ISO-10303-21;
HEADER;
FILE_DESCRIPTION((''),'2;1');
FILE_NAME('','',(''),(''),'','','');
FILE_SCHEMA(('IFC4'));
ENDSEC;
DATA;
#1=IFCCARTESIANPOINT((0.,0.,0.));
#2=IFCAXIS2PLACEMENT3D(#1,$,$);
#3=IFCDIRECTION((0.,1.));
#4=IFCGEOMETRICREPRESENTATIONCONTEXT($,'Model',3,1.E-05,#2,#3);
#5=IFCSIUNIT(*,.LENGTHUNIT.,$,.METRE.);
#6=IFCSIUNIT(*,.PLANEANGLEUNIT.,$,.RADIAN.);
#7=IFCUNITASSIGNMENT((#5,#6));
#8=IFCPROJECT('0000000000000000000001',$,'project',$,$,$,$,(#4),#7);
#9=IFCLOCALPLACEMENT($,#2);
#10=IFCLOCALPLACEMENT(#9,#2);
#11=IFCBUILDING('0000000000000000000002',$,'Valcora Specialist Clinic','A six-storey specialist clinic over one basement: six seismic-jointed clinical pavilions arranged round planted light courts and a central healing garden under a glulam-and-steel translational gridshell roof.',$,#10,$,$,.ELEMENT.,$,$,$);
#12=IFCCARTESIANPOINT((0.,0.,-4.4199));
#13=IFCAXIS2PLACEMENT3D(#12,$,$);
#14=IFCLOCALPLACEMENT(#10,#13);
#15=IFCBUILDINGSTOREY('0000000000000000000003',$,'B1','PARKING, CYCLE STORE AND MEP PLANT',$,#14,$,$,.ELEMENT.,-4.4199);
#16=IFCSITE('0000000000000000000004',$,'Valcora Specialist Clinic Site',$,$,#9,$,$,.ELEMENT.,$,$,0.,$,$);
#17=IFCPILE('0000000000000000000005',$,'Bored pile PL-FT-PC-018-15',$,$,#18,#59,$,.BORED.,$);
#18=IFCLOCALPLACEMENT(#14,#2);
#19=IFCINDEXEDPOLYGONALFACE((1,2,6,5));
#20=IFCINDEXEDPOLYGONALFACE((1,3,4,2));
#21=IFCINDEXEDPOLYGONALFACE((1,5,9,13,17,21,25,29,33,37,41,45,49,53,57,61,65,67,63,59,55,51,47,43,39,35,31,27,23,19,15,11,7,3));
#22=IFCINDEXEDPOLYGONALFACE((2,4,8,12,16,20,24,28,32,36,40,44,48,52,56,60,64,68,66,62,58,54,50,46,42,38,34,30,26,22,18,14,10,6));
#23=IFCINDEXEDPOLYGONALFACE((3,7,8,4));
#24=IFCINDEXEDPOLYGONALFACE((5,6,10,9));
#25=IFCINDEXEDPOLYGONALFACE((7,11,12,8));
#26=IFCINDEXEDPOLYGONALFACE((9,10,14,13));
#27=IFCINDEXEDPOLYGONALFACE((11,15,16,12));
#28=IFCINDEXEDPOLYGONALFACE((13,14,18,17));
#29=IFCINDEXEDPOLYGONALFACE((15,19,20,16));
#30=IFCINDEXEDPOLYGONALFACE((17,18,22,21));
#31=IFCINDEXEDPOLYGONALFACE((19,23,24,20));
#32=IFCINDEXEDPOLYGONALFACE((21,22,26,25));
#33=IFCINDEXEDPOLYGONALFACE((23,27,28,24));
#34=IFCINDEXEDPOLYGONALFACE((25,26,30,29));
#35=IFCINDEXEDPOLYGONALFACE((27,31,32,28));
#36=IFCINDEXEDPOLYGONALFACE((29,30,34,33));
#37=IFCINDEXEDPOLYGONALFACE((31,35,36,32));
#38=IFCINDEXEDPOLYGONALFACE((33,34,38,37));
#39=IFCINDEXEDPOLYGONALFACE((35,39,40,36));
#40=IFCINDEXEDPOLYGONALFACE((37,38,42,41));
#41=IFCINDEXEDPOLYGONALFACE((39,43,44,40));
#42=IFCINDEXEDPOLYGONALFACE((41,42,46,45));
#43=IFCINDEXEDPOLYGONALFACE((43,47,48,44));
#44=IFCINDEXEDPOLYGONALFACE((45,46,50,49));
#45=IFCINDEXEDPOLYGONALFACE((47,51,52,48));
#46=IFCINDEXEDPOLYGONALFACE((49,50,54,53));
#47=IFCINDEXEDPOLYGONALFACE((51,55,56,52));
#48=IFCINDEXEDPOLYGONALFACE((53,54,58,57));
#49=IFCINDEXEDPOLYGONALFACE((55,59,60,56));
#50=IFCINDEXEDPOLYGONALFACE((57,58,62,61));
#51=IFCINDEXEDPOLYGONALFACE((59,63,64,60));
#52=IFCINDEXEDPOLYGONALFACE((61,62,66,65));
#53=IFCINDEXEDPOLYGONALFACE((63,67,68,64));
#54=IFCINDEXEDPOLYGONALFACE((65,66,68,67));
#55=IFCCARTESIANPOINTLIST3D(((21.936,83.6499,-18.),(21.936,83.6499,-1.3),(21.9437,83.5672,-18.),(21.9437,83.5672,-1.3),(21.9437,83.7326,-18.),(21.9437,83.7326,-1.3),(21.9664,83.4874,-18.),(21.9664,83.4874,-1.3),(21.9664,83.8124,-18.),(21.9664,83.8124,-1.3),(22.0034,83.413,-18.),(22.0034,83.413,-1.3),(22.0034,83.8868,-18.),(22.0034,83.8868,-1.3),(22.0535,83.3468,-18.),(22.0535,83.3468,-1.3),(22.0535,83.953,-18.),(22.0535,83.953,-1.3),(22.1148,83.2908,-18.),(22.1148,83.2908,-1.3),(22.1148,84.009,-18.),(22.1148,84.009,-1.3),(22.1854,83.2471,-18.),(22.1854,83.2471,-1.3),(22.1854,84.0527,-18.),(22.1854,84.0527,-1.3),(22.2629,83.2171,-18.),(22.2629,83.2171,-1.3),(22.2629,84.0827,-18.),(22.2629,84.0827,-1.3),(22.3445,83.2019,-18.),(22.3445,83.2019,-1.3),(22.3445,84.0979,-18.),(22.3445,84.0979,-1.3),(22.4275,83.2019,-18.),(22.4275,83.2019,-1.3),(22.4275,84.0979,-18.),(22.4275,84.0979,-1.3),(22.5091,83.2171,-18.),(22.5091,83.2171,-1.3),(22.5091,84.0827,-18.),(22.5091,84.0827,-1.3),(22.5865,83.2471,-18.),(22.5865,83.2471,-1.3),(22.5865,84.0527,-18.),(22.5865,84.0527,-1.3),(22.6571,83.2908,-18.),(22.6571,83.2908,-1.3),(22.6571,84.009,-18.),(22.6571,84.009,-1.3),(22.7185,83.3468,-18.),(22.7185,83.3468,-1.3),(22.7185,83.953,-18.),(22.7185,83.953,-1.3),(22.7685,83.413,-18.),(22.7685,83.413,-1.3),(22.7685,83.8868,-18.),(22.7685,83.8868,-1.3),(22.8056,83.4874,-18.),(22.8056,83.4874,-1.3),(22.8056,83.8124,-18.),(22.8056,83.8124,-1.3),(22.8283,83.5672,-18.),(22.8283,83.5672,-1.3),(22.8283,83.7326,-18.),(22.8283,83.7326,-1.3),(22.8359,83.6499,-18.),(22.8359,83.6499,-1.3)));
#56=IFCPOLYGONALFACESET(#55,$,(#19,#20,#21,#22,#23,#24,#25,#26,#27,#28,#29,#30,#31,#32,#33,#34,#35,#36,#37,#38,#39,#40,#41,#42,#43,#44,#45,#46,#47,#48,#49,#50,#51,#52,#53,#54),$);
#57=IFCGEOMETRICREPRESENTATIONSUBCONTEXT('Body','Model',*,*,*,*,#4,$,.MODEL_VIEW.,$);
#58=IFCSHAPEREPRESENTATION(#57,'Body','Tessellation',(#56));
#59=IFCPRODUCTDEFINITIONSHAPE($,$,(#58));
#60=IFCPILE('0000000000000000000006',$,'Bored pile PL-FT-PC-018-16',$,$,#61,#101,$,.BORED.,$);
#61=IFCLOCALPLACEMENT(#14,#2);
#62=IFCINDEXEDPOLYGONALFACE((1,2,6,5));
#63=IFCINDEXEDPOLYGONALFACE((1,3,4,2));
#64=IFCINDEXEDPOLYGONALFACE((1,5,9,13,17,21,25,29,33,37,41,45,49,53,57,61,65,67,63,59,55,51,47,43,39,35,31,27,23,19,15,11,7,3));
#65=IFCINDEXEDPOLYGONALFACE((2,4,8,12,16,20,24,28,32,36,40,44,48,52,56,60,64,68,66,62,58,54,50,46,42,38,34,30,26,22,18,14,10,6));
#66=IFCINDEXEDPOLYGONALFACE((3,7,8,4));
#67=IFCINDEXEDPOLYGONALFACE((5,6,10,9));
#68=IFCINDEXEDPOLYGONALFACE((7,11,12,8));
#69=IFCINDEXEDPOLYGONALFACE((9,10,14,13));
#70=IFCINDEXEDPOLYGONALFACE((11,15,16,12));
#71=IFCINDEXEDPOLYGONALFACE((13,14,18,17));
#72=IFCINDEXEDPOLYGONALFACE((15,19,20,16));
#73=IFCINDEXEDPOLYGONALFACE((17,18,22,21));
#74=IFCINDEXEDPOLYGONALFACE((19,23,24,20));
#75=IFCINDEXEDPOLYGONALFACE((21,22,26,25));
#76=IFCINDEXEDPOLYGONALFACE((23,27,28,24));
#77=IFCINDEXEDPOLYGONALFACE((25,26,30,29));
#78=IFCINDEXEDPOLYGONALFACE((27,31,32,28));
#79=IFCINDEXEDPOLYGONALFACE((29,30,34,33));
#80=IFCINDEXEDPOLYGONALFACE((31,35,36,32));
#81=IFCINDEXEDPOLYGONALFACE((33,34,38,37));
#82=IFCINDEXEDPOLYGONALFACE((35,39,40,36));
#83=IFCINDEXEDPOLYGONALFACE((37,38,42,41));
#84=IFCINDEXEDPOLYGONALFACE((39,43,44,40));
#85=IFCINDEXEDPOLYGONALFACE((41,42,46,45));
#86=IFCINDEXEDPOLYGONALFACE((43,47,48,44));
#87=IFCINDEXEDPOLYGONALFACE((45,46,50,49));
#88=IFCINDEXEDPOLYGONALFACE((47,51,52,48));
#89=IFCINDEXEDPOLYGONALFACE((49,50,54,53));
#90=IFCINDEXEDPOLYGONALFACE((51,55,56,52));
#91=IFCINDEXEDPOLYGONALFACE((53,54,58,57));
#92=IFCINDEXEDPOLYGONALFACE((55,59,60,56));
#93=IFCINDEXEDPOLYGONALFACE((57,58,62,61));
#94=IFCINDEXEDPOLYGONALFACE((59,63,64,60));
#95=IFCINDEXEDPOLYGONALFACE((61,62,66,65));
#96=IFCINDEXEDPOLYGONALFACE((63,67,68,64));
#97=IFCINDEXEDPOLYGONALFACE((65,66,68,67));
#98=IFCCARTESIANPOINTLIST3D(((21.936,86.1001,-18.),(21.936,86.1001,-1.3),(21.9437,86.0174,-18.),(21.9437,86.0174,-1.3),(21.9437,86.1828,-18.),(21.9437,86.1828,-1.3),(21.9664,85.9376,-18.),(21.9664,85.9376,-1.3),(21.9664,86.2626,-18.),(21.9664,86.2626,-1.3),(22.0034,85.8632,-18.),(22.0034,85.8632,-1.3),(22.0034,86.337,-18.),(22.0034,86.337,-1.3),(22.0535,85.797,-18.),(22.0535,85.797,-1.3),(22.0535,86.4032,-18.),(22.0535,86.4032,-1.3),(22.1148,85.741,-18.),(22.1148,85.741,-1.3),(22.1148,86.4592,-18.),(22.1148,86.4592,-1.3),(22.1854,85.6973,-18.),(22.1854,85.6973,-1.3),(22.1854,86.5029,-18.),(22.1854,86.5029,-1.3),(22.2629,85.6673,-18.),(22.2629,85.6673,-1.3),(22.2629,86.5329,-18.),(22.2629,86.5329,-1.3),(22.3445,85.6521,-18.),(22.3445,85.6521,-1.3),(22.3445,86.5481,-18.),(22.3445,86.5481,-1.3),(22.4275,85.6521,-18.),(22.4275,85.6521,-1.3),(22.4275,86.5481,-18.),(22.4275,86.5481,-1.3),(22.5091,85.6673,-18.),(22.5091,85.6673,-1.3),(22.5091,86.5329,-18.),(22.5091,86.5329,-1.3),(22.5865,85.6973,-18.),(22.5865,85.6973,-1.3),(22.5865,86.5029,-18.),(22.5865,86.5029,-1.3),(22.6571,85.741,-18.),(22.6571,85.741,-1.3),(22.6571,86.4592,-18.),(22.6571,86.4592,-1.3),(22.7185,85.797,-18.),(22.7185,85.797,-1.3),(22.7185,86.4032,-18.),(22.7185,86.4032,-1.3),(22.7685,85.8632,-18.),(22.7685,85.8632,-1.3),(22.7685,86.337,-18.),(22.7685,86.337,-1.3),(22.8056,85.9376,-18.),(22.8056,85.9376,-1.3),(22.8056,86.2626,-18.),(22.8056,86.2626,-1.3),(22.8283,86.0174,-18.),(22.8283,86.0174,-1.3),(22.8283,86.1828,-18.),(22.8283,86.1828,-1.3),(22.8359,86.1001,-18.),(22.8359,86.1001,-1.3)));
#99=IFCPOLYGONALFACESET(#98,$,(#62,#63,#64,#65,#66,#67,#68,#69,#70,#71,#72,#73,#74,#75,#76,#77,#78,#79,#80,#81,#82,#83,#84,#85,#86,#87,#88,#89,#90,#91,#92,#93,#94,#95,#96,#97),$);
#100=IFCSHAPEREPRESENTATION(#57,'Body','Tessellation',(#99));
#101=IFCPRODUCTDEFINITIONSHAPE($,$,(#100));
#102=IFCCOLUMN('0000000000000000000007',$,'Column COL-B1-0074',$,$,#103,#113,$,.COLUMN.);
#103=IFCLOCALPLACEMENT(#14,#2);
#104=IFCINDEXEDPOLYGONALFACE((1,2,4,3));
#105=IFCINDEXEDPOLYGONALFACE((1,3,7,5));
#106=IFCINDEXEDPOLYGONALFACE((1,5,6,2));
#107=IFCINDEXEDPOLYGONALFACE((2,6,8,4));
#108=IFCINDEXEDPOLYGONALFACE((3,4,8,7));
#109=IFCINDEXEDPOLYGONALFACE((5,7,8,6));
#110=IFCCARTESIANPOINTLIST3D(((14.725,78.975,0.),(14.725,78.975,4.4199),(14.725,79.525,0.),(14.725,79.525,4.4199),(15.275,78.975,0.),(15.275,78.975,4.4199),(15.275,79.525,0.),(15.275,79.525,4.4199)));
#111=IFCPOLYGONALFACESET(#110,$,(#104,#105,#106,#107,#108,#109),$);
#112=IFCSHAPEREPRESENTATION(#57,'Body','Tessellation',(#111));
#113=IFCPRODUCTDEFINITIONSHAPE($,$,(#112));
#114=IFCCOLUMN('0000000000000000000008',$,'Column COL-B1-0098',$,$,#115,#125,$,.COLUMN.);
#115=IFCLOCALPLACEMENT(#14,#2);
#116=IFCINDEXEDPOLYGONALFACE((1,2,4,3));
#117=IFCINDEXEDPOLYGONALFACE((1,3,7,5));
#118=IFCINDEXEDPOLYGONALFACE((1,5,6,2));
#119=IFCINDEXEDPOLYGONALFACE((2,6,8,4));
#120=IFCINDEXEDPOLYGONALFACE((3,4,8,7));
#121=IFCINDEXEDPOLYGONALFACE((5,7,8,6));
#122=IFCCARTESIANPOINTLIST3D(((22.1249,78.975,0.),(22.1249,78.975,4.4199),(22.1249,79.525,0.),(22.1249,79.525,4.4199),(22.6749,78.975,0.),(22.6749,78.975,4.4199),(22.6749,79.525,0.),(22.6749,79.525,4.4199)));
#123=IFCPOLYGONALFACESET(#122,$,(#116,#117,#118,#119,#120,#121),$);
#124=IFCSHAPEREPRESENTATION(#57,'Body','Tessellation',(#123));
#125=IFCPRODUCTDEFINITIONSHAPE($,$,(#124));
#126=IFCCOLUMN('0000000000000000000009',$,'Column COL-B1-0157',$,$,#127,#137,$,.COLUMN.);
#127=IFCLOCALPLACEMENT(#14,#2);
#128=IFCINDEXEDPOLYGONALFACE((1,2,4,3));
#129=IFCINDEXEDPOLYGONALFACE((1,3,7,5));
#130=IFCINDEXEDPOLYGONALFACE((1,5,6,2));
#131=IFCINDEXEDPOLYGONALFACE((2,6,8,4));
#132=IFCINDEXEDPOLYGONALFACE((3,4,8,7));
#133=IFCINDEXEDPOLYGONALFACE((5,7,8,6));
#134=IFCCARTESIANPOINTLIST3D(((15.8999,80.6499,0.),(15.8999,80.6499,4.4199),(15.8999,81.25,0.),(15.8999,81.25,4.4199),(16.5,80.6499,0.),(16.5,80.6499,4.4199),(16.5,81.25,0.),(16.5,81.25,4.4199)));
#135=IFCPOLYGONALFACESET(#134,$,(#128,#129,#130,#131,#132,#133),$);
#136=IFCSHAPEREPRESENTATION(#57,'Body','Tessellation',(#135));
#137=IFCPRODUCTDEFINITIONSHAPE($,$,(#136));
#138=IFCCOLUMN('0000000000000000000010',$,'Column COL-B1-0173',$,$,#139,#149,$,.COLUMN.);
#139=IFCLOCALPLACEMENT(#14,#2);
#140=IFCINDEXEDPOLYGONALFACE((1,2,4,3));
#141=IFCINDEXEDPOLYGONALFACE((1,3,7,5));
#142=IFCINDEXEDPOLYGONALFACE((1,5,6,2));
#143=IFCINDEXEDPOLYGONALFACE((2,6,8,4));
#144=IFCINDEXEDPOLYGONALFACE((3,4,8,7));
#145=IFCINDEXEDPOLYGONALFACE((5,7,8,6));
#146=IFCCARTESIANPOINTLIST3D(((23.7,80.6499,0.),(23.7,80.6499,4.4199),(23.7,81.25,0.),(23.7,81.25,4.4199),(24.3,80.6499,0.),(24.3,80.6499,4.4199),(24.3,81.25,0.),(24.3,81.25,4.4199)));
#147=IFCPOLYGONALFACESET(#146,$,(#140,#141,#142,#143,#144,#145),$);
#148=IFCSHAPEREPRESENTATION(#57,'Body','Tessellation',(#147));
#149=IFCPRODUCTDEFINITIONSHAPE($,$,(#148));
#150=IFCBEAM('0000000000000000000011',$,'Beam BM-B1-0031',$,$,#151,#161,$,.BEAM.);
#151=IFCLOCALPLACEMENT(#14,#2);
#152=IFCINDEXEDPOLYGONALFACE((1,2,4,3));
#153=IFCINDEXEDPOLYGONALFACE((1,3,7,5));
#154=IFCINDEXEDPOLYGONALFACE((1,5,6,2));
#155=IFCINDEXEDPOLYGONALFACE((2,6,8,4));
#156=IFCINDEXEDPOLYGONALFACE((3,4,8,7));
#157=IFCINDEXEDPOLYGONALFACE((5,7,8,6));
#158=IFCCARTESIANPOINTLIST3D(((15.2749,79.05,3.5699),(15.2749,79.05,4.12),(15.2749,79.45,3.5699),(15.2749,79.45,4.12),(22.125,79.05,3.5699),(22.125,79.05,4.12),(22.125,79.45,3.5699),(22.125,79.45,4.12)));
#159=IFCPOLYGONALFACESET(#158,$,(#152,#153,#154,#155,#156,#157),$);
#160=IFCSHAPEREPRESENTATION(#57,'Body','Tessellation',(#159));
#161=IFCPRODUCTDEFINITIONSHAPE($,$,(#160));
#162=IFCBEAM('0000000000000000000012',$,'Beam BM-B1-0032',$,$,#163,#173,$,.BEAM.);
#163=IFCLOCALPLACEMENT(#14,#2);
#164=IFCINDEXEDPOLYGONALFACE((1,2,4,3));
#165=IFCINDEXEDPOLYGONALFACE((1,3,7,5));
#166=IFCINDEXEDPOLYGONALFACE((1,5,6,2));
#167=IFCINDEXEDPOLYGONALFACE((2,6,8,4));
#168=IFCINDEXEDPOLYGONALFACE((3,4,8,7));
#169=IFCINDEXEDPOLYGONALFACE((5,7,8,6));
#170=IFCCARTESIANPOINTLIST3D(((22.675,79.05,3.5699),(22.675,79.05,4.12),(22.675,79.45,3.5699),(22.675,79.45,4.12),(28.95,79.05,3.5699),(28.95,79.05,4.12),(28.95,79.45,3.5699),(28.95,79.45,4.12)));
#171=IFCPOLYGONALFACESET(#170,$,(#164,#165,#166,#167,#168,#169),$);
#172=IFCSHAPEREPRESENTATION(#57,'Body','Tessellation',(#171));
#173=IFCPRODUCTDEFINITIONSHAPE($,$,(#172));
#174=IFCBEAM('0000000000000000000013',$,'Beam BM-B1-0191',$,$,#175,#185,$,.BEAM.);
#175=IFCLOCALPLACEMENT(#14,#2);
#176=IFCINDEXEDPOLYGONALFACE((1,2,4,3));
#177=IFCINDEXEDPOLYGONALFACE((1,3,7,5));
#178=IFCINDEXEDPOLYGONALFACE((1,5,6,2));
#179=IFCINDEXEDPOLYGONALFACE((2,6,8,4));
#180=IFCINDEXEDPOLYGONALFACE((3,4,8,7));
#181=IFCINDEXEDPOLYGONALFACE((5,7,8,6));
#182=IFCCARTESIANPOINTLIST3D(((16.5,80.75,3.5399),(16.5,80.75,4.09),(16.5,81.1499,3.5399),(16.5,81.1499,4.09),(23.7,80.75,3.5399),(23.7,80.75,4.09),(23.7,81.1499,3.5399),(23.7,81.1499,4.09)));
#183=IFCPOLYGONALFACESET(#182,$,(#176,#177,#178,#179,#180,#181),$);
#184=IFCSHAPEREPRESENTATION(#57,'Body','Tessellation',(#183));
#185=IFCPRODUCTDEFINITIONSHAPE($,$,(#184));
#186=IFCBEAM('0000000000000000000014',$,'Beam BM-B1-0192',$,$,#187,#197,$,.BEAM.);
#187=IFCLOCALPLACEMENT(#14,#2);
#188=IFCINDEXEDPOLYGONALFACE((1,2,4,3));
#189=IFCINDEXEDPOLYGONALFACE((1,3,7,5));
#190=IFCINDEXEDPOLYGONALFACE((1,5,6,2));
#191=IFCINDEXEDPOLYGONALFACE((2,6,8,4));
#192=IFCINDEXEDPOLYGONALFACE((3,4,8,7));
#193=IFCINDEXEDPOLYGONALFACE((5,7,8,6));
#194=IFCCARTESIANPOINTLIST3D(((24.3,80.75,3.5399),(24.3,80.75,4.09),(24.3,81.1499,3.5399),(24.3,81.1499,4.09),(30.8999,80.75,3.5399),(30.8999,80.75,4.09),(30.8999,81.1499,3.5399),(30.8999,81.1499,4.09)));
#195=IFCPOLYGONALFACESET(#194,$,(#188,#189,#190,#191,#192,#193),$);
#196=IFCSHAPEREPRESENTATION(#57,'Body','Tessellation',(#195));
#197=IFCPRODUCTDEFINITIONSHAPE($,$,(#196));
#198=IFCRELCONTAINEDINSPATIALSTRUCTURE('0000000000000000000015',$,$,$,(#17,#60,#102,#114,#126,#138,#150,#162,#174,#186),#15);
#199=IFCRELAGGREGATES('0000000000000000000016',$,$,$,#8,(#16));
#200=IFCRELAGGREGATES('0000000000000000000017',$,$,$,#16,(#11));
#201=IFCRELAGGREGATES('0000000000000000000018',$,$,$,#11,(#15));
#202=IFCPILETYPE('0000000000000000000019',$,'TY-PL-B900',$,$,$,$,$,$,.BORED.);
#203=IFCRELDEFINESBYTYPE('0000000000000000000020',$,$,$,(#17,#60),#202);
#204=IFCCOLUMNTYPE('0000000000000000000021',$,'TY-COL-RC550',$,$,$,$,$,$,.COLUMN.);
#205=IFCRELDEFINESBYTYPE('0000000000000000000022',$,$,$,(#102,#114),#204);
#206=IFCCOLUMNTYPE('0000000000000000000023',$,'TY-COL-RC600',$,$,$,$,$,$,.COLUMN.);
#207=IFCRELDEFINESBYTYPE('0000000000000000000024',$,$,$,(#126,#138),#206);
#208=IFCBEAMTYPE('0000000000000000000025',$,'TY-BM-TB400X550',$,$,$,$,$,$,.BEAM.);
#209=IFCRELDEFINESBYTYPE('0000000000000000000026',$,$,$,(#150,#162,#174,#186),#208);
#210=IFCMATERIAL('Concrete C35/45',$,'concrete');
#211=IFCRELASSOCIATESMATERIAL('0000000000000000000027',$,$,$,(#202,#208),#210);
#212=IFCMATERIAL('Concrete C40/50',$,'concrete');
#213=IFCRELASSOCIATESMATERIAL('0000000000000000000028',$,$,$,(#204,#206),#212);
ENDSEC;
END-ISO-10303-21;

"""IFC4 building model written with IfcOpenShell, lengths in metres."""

from ifc_helpers import new_model, si_unit, direction, frame, origin, origin_2d, place, context, subcontext, project, spatial, rectangle, circle, extrude, material, material_profile, profile_set, type_object, element, save


model = new_model("IFC4")

# Units and contexts
model_context = context("Model", 3, precision=1e-05, world=origin(), true_north=direction((0.0, 1.0)))
body_context = subcontext(model_context, "Body", "Model", "MODEL_VIEW")
ifc_project = project(units=[si_unit("LENGTHUNIT", "METRE"), si_unit("PLANEANGLEUNIT", "RADIAN")], contexts=[model_context])

# Site, building, storey
site_placement = place(None, origin())
site = spatial("IfcSite", under=ifc_project, at=site_placement, Name="Valcora Specialist Clinic Site", CompositionType="ELEMENT", RefElevation=0.0)
building_placement = place(site_placement, origin())
building = spatial("IfcBuilding", under=site, at=building_placement, Name="Valcora Specialist Clinic", Description="A six-storey specialist clinic over one basement: six seismic-jointed clinical pavilions arranged round planted light courts and a central healing garden under a glulam-and-steel translational gridshell roof.", CompositionType="ELEMENT")
storey_placement = place(building_placement, frame((0.0, 0.0, -4.4199)))
storey = spatial("IfcBuildingStorey", under=building, at=storey_placement, Name="B1", Description="PARKING, CYCLE STORE AND MEP PLANT", CompositionType="ELEMENT", Elevation=-4.4199)

# Piles
ifc_material_1 = material(Name="Concrete C35/45", Category="concrete")
ifc_material_profile_1 = material_profile(ifc_material_1, circle(Radius=0.45, at=origin_2d()), Name="RC-PIL-D900")
ifc_profile_set_1 = profile_set([ifc_material_profile_1], Name="Concrete C35/45")
pile_type = type_object("IfcPileType", Name="TY-PL-B900", PredefinedType="BORED", material=ifc_profile_set_1)
for number, where, z_axis, x_axis, name in (
    (1, (22.386, 83.6499, -1.3), (0.0, 0.0, -1.0), (1.0, 0.0, 0.0), "Bored pile PL-FT-PC-018-15"),
    (2, (22.386, 86.1001, -1.3), (0.0, 0.0, -1.0), (1.0, 0.0, 0.0), "Bored pile PL-FT-PC-018-16"),
):
    element("IfcPile", number, at=place(storey_placement, frame(where, z_axis=z_axis, x_axis=x_axis)), inside=storey, type_object=pile_type, Name=name, PredefinedType="BORED", context=body_context, shape_type="SweptSolid", body=[
        extrude(circle(Radius=0.45, at=origin_2d()), origin(), (0.0, 0.0, 1.0), 16.7),
    ])

# Columns
ifc_material_2 = material(Name="Concrete C40/50", Category="concrete")
ifc_material_profile_2 = material_profile(ifc_material_2, rectangle(XDim=0.55, YDim=0.55, at=origin_2d()), Name="RC-COL-550X550")
ifc_profile_set_2 = profile_set([ifc_material_profile_2], Name="Concrete C40/50")
column_type_1 = type_object("IfcColumnType", Name="TY-COL-RC550", PredefinedType="COLUMN", material=ifc_profile_set_2)
for number, where, z_axis, x_axis, name in (
    (3, (15.0, 79.25, 0.0), (0.0, 0.0, 1.0), (1.0, 0.0, 0.0), "Column COL-B1-0074"),
    (4, (22.3999, 79.25, 0.0), (0.0, 0.0, 1.0), (1.0, 0.0, 0.0), "Column COL-B1-0098"),
):
    element("IfcColumn", number, at=place(storey_placement, frame(where, z_axis=z_axis, x_axis=x_axis)), inside=storey, type_object=column_type_1, Name=name, PredefinedType="COLUMN", context=body_context, shape_type="SweptSolid", body=[
        extrude(rectangle(XDim=0.55, YDim=0.55, at=origin_2d()), origin(), (0.0, 0.0, 1.0), 4.4199),
    ])
ifc_material_profile_3 = material_profile(ifc_material_2, rectangle(XDim=0.6001, YDim=0.6001, at=origin_2d()), Name="RC-COL-600X600")
ifc_profile_set_3 = profile_set([ifc_material_profile_3], Name="Concrete C40/50")
column_type_2 = type_object("IfcColumnType", Name="TY-COL-RC600", PredefinedType="COLUMN", material=ifc_profile_set_3)
for number, where, z_axis, x_axis, name in (
    (5, (16.2, 80.95, 0.0), (0.0, 0.0, 1.0), (1.0, 0.0, 0.0), "Column COL-B1-0157"),
    (6, (24.0, 80.95, 0.0), (0.0, 0.0, 1.0), (1.0, 0.0, 0.0), "Column COL-B1-0173"),
):
    element("IfcColumn", number, at=place(storey_placement, frame(where, z_axis=z_axis, x_axis=x_axis)), inside=storey, type_object=column_type_2, Name=name, PredefinedType="COLUMN", context=body_context, shape_type="SweptSolid", body=[
        extrude(rectangle(XDim=0.6001, YDim=0.6001, at=origin_2d()), origin(), (0.0, 0.0, 1.0), 4.4199),
    ])

# Beams
ifc_material_profile_4 = material_profile(ifc_material_1, rectangle(XDim=0.3999, YDim=0.55, at=origin_2d()), Name="RC-TB-400X550")
ifc_profile_set_4 = profile_set([ifc_material_profile_4], Name="Concrete C35/45")
beam_type = type_object("IfcBeamType", Name="TY-BM-TB400X550", PredefinedType="BEAM", material=ifc_profile_set_4)
beam_1_placement = place(storey_placement, frame((15.2749, 79.25, 3.845), z_axis=(1.0, 0.0, 0.0), x_axis=(0.0, 1.0, 0.0)))
element("IfcBeam", 7, at=beam_1_placement, inside=storey, type_object=beam_type, Name="Beam BM-B1-0031", PredefinedType="BEAM", context=body_context, shape_type="SweptSolid", body=[
    extrude(rectangle(XDim=0.3999, YDim=0.55, at=origin_2d()), origin(), (0.0, 0.0, 1.0), 6.8501),
])
beam_2_placement = place(storey_placement, frame((22.675, 79.25, 3.845), z_axis=(1.0, 0.0, 0.0), x_axis=(0.0, 1.0, 0.0)))
element("IfcBeam", 8, at=beam_2_placement, inside=storey, type_object=beam_type, Name="Beam BM-B1-0032", PredefinedType="BEAM", context=body_context, shape_type="SweptSolid", body=[
    extrude(rectangle(XDim=0.3999, YDim=0.55, at=origin_2d()), origin(), (0.0, 0.0, 1.0), 6.2749),
])
beam_3_placement = place(storey_placement, frame((16.5, 80.95, 3.8149), z_axis=(1.0, 0.0, 0.0), x_axis=(0.0, 1.0, 0.0)))
element("IfcBeam", 9, at=beam_3_placement, inside=storey, type_object=beam_type, Name="Beam BM-B1-0191", PredefinedType="BEAM", context=body_context, shape_type="SweptSolid", body=[
    extrude(rectangle(XDim=0.3999, YDim=0.55, at=origin_2d()), origin(), (0.0, 0.0, 1.0), 7.2),
])
beam_4_placement = place(storey_placement, frame((24.3, 80.95, 3.8149), z_axis=(1.0, 0.0, 0.0), x_axis=(0.0, 1.0, 0.0)))
element("IfcBeam", 10, at=beam_4_placement, inside=storey, type_object=beam_type, Name="Beam BM-B1-0192", PredefinedType="BEAM", context=body_context, shape_type="SweptSolid", body=[
    extrude(rectangle(XDim=0.3999, YDim=0.55, at=origin_2d()), origin(), (0.0, 0.0, 1.0), 6.5999),
])

save(model, "model.ifc")
